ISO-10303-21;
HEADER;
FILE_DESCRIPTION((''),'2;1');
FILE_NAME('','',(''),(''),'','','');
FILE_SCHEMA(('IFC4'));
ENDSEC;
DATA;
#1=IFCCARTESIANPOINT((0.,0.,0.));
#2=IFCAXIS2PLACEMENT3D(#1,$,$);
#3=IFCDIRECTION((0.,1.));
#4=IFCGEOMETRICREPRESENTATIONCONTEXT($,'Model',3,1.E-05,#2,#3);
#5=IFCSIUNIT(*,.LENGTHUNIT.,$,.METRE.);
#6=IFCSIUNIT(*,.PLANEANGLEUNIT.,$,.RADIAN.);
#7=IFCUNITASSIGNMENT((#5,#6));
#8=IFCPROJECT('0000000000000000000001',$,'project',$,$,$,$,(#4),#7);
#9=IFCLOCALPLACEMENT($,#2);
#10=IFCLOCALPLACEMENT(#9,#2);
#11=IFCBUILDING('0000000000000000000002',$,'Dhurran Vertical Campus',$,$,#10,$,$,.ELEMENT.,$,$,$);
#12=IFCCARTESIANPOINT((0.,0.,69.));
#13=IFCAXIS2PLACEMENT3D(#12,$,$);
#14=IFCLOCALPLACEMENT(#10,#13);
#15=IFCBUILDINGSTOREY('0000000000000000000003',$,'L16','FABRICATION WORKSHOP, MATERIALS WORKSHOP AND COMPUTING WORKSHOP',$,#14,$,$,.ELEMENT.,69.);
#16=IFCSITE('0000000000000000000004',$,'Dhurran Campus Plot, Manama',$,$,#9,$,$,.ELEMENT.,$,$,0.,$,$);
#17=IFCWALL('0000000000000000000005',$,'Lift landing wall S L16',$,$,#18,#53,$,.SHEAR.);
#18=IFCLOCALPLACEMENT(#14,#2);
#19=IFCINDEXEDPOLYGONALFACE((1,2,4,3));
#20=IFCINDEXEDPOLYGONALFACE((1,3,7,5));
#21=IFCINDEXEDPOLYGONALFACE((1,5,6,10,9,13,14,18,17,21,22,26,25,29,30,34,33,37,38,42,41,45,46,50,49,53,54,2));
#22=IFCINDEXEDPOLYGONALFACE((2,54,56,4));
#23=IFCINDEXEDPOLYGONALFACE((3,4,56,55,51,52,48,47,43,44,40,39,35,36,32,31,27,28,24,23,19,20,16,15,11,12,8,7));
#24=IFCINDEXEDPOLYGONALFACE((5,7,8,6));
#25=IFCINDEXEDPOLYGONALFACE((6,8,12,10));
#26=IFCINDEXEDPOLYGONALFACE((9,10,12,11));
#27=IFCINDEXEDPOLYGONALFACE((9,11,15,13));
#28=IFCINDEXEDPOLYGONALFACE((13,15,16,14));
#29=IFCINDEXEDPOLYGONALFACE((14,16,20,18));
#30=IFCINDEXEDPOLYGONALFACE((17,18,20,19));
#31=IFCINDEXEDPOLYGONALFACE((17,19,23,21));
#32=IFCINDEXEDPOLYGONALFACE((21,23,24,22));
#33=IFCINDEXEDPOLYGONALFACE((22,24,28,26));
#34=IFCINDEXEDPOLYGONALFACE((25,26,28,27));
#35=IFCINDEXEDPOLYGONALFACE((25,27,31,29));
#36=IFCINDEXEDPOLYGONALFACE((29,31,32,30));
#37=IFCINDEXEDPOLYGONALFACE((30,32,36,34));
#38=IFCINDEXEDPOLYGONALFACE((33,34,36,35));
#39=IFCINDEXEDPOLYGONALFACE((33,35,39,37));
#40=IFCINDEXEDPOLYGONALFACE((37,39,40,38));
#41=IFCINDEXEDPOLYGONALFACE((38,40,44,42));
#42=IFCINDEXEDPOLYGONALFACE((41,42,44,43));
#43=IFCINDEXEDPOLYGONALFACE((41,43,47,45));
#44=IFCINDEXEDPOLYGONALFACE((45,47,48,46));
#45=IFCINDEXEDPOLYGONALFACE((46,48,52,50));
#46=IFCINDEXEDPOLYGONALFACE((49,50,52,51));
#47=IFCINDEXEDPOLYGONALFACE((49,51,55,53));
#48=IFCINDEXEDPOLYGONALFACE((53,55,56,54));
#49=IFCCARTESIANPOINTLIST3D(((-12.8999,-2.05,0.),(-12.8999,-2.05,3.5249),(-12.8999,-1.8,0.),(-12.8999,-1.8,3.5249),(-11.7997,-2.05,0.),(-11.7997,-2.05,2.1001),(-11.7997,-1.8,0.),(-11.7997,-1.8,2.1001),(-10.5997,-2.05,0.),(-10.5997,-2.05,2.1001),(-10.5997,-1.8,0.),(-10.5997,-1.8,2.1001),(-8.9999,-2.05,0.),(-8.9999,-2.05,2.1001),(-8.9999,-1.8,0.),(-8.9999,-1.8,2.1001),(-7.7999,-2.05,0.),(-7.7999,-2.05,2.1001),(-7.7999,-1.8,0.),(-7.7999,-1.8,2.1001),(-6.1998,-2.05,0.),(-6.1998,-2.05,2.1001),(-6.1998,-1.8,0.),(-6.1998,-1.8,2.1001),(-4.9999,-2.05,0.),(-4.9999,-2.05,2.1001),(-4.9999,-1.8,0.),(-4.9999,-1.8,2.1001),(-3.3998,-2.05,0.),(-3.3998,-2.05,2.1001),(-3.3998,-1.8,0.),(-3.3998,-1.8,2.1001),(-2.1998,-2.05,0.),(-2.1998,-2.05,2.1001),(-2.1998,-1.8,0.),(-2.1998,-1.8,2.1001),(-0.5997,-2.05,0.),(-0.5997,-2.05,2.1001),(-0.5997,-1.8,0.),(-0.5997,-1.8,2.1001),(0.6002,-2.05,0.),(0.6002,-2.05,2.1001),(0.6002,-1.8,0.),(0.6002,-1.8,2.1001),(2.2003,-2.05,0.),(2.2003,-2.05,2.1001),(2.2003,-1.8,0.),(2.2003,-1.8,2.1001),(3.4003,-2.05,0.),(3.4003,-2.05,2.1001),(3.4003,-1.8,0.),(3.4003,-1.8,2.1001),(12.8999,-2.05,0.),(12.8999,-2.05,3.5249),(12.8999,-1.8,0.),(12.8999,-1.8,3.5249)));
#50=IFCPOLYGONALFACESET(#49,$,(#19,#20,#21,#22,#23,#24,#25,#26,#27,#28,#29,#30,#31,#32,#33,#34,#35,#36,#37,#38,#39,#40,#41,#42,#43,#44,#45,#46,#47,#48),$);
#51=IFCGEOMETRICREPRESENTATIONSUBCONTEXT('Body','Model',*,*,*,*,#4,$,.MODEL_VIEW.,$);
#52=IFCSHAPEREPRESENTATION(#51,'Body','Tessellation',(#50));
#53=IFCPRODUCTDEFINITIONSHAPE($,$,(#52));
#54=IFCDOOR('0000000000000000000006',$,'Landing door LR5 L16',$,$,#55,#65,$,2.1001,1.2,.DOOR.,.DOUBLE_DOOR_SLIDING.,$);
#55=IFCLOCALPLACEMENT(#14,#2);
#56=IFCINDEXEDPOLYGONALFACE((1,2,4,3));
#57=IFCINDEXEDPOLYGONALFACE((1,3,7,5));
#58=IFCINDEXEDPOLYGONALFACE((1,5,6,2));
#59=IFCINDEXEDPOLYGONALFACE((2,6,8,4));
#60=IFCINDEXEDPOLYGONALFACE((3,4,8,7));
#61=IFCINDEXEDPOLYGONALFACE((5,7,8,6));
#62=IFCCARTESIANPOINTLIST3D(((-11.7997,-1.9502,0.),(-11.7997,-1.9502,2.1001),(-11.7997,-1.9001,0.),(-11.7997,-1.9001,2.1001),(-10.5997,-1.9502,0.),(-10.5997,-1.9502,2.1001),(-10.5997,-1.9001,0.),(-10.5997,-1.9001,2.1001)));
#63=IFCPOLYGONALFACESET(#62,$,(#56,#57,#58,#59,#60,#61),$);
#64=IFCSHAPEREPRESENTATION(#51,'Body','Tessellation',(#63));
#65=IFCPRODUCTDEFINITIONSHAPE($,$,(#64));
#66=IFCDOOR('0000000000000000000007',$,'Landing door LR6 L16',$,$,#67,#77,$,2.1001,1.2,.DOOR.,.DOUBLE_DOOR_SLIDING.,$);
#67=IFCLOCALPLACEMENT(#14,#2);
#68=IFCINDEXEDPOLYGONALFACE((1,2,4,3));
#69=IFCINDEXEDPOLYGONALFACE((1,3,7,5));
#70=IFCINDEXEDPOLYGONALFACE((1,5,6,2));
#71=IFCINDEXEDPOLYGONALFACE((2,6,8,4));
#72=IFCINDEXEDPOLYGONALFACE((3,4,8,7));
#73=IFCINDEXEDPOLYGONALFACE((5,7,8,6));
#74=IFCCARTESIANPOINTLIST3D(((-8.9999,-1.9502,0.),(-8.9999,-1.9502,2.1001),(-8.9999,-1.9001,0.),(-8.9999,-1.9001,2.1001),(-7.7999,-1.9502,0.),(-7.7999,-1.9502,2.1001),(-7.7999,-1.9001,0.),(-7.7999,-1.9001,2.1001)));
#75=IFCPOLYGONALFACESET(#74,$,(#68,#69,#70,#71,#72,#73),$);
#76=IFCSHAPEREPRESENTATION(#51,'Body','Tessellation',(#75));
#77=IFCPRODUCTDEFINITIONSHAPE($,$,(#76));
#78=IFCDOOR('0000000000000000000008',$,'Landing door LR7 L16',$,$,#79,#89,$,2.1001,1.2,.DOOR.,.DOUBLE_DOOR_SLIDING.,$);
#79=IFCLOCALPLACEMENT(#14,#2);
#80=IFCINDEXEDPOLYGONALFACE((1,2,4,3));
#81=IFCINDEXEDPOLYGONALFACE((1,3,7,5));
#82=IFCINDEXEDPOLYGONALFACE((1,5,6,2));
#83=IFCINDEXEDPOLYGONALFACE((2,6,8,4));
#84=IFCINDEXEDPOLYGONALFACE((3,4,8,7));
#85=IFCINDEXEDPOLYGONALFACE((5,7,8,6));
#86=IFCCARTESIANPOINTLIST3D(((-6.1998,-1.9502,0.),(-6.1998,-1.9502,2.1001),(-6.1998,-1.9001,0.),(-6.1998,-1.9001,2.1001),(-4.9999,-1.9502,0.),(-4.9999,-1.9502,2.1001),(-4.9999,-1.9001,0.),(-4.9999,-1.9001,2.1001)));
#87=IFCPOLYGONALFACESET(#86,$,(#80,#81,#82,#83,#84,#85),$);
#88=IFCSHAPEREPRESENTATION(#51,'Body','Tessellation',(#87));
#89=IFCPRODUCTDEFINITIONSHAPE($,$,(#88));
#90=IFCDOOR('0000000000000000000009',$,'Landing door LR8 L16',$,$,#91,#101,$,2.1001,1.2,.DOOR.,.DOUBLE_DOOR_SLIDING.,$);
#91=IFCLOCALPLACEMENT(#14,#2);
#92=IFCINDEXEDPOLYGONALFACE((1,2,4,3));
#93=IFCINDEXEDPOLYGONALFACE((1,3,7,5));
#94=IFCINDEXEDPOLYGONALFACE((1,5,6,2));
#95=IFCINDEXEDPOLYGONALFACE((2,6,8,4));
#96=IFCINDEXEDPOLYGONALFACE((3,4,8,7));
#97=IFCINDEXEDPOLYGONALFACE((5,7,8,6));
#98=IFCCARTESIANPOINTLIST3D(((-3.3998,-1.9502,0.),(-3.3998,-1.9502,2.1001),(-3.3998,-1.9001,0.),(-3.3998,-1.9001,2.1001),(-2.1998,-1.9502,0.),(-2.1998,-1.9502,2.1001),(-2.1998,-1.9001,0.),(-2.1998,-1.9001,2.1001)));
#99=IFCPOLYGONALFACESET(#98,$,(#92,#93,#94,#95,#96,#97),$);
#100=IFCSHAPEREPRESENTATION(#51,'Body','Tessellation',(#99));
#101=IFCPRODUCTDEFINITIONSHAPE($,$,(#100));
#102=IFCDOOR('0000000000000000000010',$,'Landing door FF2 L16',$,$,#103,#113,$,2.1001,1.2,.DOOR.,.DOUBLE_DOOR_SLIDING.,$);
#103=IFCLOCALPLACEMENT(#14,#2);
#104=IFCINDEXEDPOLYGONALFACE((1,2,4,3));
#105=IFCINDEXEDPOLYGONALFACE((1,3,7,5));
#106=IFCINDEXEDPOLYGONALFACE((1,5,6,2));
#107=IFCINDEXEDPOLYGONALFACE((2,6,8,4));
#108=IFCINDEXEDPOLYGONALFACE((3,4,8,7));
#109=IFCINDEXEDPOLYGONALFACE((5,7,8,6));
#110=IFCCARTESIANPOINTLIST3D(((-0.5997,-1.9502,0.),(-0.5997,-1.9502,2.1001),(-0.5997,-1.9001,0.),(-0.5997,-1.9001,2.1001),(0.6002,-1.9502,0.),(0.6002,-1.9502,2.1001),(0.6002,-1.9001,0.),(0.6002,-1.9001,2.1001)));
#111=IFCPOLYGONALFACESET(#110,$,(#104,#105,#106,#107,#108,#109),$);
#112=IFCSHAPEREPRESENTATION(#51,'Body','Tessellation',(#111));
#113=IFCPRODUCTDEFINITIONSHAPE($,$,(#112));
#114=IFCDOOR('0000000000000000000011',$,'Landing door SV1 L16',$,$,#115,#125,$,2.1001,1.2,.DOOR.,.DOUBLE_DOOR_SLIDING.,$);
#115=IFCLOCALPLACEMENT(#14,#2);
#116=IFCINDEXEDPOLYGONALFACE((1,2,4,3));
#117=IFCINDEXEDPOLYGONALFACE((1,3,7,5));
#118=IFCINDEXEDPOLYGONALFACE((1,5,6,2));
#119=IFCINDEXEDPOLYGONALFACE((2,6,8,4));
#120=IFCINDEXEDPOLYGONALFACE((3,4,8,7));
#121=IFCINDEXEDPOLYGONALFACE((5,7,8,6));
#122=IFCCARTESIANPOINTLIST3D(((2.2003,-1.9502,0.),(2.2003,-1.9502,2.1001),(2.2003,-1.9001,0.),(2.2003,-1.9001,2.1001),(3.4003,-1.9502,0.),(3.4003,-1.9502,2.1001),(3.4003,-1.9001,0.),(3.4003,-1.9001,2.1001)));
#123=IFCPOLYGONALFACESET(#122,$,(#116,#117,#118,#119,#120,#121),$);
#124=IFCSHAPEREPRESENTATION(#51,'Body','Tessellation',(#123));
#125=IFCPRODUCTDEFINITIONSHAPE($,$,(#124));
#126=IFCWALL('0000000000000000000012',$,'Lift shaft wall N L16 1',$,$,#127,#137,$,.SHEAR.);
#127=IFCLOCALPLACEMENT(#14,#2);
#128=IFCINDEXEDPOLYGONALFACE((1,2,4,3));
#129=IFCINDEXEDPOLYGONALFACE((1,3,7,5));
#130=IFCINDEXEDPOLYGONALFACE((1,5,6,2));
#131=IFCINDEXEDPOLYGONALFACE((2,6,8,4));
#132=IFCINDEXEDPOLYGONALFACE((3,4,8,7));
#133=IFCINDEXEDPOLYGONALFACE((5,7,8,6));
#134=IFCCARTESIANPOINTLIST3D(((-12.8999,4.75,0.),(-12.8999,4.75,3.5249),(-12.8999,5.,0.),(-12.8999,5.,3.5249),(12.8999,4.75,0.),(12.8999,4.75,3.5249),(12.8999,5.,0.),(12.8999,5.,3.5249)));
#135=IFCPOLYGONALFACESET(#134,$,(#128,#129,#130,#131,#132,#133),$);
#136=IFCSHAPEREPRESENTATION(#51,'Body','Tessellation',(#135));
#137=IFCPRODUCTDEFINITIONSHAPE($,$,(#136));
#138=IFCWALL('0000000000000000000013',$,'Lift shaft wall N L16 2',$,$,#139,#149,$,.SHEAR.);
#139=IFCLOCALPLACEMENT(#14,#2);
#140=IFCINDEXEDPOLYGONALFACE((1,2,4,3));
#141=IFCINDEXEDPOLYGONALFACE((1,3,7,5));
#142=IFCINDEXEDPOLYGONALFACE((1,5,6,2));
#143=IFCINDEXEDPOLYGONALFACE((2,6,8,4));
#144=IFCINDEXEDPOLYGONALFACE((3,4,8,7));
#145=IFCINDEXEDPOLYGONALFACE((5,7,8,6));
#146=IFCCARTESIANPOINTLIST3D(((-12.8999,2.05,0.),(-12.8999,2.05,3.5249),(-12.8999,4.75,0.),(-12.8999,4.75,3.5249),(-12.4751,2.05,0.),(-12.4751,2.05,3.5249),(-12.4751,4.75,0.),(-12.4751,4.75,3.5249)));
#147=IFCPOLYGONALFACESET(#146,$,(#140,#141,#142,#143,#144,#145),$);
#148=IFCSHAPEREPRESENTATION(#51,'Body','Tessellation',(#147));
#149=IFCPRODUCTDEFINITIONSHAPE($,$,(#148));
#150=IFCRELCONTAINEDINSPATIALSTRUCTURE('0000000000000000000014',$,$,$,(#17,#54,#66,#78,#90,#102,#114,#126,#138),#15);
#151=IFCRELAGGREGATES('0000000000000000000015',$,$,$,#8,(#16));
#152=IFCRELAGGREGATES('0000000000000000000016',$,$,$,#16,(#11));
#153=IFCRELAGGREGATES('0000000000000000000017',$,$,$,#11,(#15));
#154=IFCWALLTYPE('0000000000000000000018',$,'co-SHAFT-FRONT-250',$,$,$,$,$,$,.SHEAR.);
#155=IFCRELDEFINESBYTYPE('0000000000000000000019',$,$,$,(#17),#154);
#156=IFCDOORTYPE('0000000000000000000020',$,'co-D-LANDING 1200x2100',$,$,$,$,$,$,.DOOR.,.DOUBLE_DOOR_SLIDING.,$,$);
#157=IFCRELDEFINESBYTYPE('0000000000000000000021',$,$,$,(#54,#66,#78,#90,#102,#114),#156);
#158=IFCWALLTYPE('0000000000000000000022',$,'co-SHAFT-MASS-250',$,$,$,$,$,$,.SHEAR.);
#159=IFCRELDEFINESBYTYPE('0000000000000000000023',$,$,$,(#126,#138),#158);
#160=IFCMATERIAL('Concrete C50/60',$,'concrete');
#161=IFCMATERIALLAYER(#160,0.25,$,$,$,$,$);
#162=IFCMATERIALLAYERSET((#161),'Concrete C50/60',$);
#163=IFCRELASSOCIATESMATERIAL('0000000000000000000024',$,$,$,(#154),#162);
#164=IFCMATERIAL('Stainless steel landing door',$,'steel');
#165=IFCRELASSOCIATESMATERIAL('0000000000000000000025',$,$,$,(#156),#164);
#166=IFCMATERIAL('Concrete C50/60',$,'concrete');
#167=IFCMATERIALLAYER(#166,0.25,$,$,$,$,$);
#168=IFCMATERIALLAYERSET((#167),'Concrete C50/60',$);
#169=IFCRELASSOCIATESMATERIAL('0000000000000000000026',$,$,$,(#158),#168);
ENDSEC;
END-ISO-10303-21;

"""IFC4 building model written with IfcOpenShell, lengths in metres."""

from ifc_helpers import new_model, si_unit, direction, frame, frame_2d, origin, place, context, subcontext, project, spatial, polyline, rectangle, outline, extrude, material, layer, layer_set, type_object, element, fill, save


model = new_model("IFC4")

# Units and contexts
model_context = context("Model", 3, precision=1e-05, world=origin(), true_north=direction((0.0, 1.0)))
body_context = subcontext(model_context, "Body", "Model", "MODEL_VIEW")
ifc_project = project(units=[si_unit("LENGTHUNIT", "METRE"), si_unit("PLANEANGLEUNIT", "RADIAN")], contexts=[model_context])

# Site, building, storey
site_placement = place(None, origin())
site = spatial("IfcSite", under=ifc_project, at=site_placement, Name="Dhurran Campus Plot, Manama", CompositionType="ELEMENT", RefElevation=0.0)
building_placement = place(site_placement, origin())
building = spatial("IfcBuilding", under=site, at=building_placement, Name="Dhurran Vertical Campus", CompositionType="ELEMENT")
storey_placement = place(building_placement, frame((0.0, 0.0, 69.0)))
storey = spatial("IfcBuildingStorey", under=building, at=storey_placement, Name="L16", Description="FABRICATION WORKSHOP, MATERIALS WORKSHOP AND COMPUTING WORKSHOP", CompositionType="ELEMENT", Elevation=69.0)

# Wall, openings, doors
ifc_material_1 = material(Name="Concrete C50/60", Category="concrete")
ifc_layer_1 = layer(ifc_material_1, 0.25)
ifc_layer_set_1 = layer_set([ifc_layer_1], Name="Concrete C50/60")
wall_type_1 = type_object("IfcWallType", Name="co-SHAFT-FRONT-250", PredefinedType="SHEAR", material=ifc_layer_set_1)
wall_1_placement = place(storey_placement, frame((-12.8999, -1.925, 0.0), z_axis=(0.0, 0.0, 1.0), x_axis=(1.0, 0.0, 0.0)))
wall_1 = element("IfcWall", 1, at=wall_1_placement, inside=storey, type_object=wall_type_1, Name="Lift landing wall S L16", PredefinedType="SHEAR", context=body_context, shape_type="SweptSolid", body=[
    extrude(rectangle(XDim=25.7998, YDim=0.25, at=frame_2d((12.8999, 0.0))), origin(), (0.0, 0.0, 1.0), 3.5249),
])
opening_1_placement = place(wall_1_placement, frame((1.1001, 0.0, 0.0)))
opening_1 = element("IfcOpeningElement", 2, at=opening_1_placement, cuts=wall_1, PredefinedType="OPENING", context=body_context, shape_type="SweptSolid", body=[
    extrude(rectangle(XDim=1.2, YDim=2.1001, at=frame_2d((0.6001, 1.05))), frame((0.0, 0.135, 0.0), z_axis=(0.0, -1.0, 0.0), x_axis=(1.0, 0.0, 0.0)), (0.0, 0.0, 1.0), 0.27),
])
opening_2_placement = place(wall_1_placement, frame((3.8999, 0.0, 0.0)))
opening_2 = element("IfcOpeningElement", 3, at=opening_2_placement, cuts=wall_1, PredefinedType="OPENING", context=body_context, shape_type="SweptSolid", body=[
    extrude(rectangle(XDim=1.2, YDim=2.1001, at=frame_2d((0.6001, 1.05))), frame((0.0, 0.135, 0.0), z_axis=(0.0, -1.0, 0.0), x_axis=(1.0, 0.0, 0.0)), (0.0, 0.0, 1.0), 0.27),
])
opening_3_placement = place(wall_1_placement, frame((6.7, 0.0, 0.0)))
opening_3 = element("IfcOpeningElement", 4, at=opening_3_placement, cuts=wall_1, PredefinedType="OPENING", context=body_context, shape_type="SweptSolid", body=[
    extrude(rectangle(XDim=1.2, YDim=2.1001, at=frame_2d((0.6001, 1.05))), frame((0.0, 0.135, 0.0), z_axis=(0.0, -1.0, 0.0), x_axis=(1.0, 0.0, 0.0)), (0.0, 0.0, 1.0), 0.27),
])
opening_4_placement = place(wall_1_placement, frame((9.5, 0.0, 0.0)))
opening_4 = element("IfcOpeningElement", 5, at=opening_4_placement, cuts=wall_1, PredefinedType="OPENING", context=body_context, shape_type="SweptSolid", body=[
    extrude(rectangle(XDim=1.2, YDim=2.1001, at=frame_2d((0.6001, 1.05))), frame((0.0, 0.135, 0.0), z_axis=(0.0, -1.0, 0.0), x_axis=(1.0, 0.0, 0.0)), (0.0, 0.0, 1.0), 0.27),
])
opening_5_placement = place(wall_1_placement, frame((12.3, 0.0, 0.0)))
opening_5 = element("IfcOpeningElement", 6, at=opening_5_placement, cuts=wall_1, PredefinedType="OPENING", context=body_context, shape_type="SweptSolid", body=[
    extrude(rectangle(XDim=1.2, YDim=2.1001, at=frame_2d((0.6001, 1.05))), frame((0.0, 0.135, 0.0), z_axis=(0.0, -1.0, 0.0), x_axis=(1.0, 0.0, 0.0)), (0.0, 0.0, 1.0), 0.27),
])
opening_6_placement = place(wall_1_placement, frame((15.1001, 0.0, 0.0)))
opening_6 = element("IfcOpeningElement", 7, at=opening_6_placement, cuts=wall_1, PredefinedType="OPENING", context=body_context, shape_type="SweptSolid", body=[
    extrude(rectangle(XDim=1.2, YDim=2.1001, at=frame_2d((0.6001, 1.05))), frame((0.0, 0.135, 0.0), z_axis=(0.0, -1.0, 0.0), x_axis=(1.0, 0.0, 0.0)), (0.0, 0.0, 1.0), 0.27),
])
ifc_material_2 = material(Name="Stainless steel landing door", Category="steel")
door_type_1 = type_object("IfcDoorType", Name="co-D-LANDING 1200x2100", OperationType="DOUBLE_DOOR_SLIDING", PredefinedType="DOOR", material=ifc_material_2)
door_1_placement = place(opening_1_placement, origin())
door_1 = element("IfcDoor", 8, at=door_1_placement, inside=storey, type_object=door_type_1, Name="Landing door LR5 L16", OperationType="DOUBLE_DOOR_SLIDING", OverallHeight=2.1001, OverallWidth=1.2, PredefinedType="DOOR", context=body_context, shape_type="SweptSolid", body=[
    extrude(rectangle(XDim=1.2, YDim=2.1001, at=frame_2d((0.6001, 1.05))), frame((0.0, 0.0249, 0.0), z_axis=(0.0, -1.0, 0.0), x_axis=(1.0, 0.0, 0.0)), (0.0, 0.0, 1.0), 0.05),
])
fill(opening_1, door_1)
door_2_placement = place(opening_2_placement, origin())
door_2 = element("IfcDoor", 9, at=door_2_placement, inside=storey, type_object=door_type_1, Name="Landing door LR6 L16", OperationType="DOUBLE_DOOR_SLIDING", OverallHeight=2.1001, OverallWidth=1.2, PredefinedType="DOOR", context=body_context, shape_type="SweptSolid", body=[
    extrude(rectangle(XDim=1.2, YDim=2.1001, at=frame_2d((0.6001, 1.05))), frame((0.0, 0.0249, 0.0), z_axis=(0.0, -1.0, 0.0), x_axis=(1.0, 0.0, 0.0)), (0.0, 0.0, 1.0), 0.05),
])
fill(opening_2, door_2)
door_3_placement = place(opening_3_placement, origin())
door_3 = element("IfcDoor", 10, at=door_3_placement, inside=storey, type_object=door_type_1, Name="Landing door LR7 L16", OperationType="DOUBLE_DOOR_SLIDING", OverallHeight=2.1001, OverallWidth=1.2, PredefinedType="DOOR", context=body_context, shape_type="SweptSolid", body=[
    extrude(rectangle(XDim=1.2, YDim=2.1001, at=frame_2d((0.6001, 1.05))), frame((0.0, 0.0249, 0.0), z_axis=(0.0, -1.0, 0.0), x_axis=(1.0, 0.0, 0.0)), (0.0, 0.0, 1.0), 0.05),
])
fill(opening_3, door_3)
door_4_placement = place(opening_4_placement, origin())
door_4 = element("IfcDoor", 11, at=door_4_placement, inside=storey, type_object=door_type_1, Name="Landing door LR8 L16", OperationType="DOUBLE_DOOR_SLIDING", OverallHeight=2.1001, OverallWidth=1.2, PredefinedType="DOOR", context=body_context, shape_type="SweptSolid", body=[
    extrude(rectangle(XDim=1.2, YDim=2.1001, at=frame_2d((0.6001, 1.05))), frame((0.0, 0.0249, 0.0), z_axis=(0.0, -1.0, 0.0), x_axis=(1.0, 0.0, 0.0)), (0.0, 0.0, 1.0), 0.05),
])
fill(opening_4, door_4)
door_5_placement = place(opening_5_placement, origin())
door_5 = element("IfcDoor", 12, at=door_5_placement, inside=storey, type_object=door_type_1, Name="Landing door FF2 L16", OperationType="DOUBLE_DOOR_SLIDING", OverallHeight=2.1001, OverallWidth=1.2, PredefinedType="DOOR", context=body_context, shape_type="SweptSolid", body=[
    extrude(rectangle(XDim=1.2, YDim=2.1001, at=frame_2d((0.6001, 1.05))), frame((0.0, 0.0249, 0.0), z_axis=(0.0, -1.0, 0.0), x_axis=(1.0, 0.0, 0.0)), (0.0, 0.0, 1.0), 0.05),
])
fill(opening_5, door_5)
door_6_placement = place(opening_6_placement, origin())
door_6 = element("IfcDoor", 13, at=door_6_placement, inside=storey, type_object=door_type_1, Name="Landing door SV1 L16", OperationType="DOUBLE_DOOR_SLIDING", OverallHeight=2.1001, OverallWidth=1.2, PredefinedType="DOOR", context=body_context, shape_type="SweptSolid", body=[
    extrude(rectangle(XDim=1.2, YDim=2.1001, at=frame_2d((0.6001, 1.05))), frame((0.0, 0.0249, 0.0), z_axis=(0.0, -1.0, 0.0), x_axis=(1.0, 0.0, 0.0)), (0.0, 0.0, 1.0), 0.05),
])
fill(opening_6, door_6)

# Walls
ifc_material_3 = material(Name="Concrete C50/60", Category="concrete")
ifc_layer_2 = layer(ifc_material_3, 0.25)
ifc_layer_set_2 = layer_set([ifc_layer_2], Name="Concrete C50/60")
wall_type_2 = type_object("IfcWallType", Name="co-SHAFT-MASS-250", PredefinedType="SHEAR", material=ifc_layer_set_2)
wall_2_placement = place(storey_placement, origin())
element("IfcWall", 14, at=wall_2_placement, inside=storey, type_object=wall_type_2, Name="Lift shaft wall N L16 1", PredefinedType="SHEAR", context=body_context, shape_type="SweptSolid", body=[
    extrude(outline(polyline([(-12.8999, 4.75), (12.8999, 4.75), (12.8999, 5.0), (-12.8999, 5.0), (-12.8999, 4.75)])), origin(), (0.0, 0.0, 1.0), 3.5249),
])
wall_3_placement = place(storey_placement, origin())
element("IfcWall", 15, at=wall_3_placement, inside=storey, type_object=wall_type_2, Name="Lift shaft wall N L16 2", PredefinedType="SHEAR", context=body_context, shape_type="SweptSolid", body=[
    extrude(outline(polyline([(-12.8999, 2.05), (-12.4751, 2.05), (-12.4751, 4.75), (-12.8999, 4.75), (-12.8999, 2.05)])), origin(), (0.0, 0.0, 1.0), 3.5249),
])

save(model, "model.ifc")
